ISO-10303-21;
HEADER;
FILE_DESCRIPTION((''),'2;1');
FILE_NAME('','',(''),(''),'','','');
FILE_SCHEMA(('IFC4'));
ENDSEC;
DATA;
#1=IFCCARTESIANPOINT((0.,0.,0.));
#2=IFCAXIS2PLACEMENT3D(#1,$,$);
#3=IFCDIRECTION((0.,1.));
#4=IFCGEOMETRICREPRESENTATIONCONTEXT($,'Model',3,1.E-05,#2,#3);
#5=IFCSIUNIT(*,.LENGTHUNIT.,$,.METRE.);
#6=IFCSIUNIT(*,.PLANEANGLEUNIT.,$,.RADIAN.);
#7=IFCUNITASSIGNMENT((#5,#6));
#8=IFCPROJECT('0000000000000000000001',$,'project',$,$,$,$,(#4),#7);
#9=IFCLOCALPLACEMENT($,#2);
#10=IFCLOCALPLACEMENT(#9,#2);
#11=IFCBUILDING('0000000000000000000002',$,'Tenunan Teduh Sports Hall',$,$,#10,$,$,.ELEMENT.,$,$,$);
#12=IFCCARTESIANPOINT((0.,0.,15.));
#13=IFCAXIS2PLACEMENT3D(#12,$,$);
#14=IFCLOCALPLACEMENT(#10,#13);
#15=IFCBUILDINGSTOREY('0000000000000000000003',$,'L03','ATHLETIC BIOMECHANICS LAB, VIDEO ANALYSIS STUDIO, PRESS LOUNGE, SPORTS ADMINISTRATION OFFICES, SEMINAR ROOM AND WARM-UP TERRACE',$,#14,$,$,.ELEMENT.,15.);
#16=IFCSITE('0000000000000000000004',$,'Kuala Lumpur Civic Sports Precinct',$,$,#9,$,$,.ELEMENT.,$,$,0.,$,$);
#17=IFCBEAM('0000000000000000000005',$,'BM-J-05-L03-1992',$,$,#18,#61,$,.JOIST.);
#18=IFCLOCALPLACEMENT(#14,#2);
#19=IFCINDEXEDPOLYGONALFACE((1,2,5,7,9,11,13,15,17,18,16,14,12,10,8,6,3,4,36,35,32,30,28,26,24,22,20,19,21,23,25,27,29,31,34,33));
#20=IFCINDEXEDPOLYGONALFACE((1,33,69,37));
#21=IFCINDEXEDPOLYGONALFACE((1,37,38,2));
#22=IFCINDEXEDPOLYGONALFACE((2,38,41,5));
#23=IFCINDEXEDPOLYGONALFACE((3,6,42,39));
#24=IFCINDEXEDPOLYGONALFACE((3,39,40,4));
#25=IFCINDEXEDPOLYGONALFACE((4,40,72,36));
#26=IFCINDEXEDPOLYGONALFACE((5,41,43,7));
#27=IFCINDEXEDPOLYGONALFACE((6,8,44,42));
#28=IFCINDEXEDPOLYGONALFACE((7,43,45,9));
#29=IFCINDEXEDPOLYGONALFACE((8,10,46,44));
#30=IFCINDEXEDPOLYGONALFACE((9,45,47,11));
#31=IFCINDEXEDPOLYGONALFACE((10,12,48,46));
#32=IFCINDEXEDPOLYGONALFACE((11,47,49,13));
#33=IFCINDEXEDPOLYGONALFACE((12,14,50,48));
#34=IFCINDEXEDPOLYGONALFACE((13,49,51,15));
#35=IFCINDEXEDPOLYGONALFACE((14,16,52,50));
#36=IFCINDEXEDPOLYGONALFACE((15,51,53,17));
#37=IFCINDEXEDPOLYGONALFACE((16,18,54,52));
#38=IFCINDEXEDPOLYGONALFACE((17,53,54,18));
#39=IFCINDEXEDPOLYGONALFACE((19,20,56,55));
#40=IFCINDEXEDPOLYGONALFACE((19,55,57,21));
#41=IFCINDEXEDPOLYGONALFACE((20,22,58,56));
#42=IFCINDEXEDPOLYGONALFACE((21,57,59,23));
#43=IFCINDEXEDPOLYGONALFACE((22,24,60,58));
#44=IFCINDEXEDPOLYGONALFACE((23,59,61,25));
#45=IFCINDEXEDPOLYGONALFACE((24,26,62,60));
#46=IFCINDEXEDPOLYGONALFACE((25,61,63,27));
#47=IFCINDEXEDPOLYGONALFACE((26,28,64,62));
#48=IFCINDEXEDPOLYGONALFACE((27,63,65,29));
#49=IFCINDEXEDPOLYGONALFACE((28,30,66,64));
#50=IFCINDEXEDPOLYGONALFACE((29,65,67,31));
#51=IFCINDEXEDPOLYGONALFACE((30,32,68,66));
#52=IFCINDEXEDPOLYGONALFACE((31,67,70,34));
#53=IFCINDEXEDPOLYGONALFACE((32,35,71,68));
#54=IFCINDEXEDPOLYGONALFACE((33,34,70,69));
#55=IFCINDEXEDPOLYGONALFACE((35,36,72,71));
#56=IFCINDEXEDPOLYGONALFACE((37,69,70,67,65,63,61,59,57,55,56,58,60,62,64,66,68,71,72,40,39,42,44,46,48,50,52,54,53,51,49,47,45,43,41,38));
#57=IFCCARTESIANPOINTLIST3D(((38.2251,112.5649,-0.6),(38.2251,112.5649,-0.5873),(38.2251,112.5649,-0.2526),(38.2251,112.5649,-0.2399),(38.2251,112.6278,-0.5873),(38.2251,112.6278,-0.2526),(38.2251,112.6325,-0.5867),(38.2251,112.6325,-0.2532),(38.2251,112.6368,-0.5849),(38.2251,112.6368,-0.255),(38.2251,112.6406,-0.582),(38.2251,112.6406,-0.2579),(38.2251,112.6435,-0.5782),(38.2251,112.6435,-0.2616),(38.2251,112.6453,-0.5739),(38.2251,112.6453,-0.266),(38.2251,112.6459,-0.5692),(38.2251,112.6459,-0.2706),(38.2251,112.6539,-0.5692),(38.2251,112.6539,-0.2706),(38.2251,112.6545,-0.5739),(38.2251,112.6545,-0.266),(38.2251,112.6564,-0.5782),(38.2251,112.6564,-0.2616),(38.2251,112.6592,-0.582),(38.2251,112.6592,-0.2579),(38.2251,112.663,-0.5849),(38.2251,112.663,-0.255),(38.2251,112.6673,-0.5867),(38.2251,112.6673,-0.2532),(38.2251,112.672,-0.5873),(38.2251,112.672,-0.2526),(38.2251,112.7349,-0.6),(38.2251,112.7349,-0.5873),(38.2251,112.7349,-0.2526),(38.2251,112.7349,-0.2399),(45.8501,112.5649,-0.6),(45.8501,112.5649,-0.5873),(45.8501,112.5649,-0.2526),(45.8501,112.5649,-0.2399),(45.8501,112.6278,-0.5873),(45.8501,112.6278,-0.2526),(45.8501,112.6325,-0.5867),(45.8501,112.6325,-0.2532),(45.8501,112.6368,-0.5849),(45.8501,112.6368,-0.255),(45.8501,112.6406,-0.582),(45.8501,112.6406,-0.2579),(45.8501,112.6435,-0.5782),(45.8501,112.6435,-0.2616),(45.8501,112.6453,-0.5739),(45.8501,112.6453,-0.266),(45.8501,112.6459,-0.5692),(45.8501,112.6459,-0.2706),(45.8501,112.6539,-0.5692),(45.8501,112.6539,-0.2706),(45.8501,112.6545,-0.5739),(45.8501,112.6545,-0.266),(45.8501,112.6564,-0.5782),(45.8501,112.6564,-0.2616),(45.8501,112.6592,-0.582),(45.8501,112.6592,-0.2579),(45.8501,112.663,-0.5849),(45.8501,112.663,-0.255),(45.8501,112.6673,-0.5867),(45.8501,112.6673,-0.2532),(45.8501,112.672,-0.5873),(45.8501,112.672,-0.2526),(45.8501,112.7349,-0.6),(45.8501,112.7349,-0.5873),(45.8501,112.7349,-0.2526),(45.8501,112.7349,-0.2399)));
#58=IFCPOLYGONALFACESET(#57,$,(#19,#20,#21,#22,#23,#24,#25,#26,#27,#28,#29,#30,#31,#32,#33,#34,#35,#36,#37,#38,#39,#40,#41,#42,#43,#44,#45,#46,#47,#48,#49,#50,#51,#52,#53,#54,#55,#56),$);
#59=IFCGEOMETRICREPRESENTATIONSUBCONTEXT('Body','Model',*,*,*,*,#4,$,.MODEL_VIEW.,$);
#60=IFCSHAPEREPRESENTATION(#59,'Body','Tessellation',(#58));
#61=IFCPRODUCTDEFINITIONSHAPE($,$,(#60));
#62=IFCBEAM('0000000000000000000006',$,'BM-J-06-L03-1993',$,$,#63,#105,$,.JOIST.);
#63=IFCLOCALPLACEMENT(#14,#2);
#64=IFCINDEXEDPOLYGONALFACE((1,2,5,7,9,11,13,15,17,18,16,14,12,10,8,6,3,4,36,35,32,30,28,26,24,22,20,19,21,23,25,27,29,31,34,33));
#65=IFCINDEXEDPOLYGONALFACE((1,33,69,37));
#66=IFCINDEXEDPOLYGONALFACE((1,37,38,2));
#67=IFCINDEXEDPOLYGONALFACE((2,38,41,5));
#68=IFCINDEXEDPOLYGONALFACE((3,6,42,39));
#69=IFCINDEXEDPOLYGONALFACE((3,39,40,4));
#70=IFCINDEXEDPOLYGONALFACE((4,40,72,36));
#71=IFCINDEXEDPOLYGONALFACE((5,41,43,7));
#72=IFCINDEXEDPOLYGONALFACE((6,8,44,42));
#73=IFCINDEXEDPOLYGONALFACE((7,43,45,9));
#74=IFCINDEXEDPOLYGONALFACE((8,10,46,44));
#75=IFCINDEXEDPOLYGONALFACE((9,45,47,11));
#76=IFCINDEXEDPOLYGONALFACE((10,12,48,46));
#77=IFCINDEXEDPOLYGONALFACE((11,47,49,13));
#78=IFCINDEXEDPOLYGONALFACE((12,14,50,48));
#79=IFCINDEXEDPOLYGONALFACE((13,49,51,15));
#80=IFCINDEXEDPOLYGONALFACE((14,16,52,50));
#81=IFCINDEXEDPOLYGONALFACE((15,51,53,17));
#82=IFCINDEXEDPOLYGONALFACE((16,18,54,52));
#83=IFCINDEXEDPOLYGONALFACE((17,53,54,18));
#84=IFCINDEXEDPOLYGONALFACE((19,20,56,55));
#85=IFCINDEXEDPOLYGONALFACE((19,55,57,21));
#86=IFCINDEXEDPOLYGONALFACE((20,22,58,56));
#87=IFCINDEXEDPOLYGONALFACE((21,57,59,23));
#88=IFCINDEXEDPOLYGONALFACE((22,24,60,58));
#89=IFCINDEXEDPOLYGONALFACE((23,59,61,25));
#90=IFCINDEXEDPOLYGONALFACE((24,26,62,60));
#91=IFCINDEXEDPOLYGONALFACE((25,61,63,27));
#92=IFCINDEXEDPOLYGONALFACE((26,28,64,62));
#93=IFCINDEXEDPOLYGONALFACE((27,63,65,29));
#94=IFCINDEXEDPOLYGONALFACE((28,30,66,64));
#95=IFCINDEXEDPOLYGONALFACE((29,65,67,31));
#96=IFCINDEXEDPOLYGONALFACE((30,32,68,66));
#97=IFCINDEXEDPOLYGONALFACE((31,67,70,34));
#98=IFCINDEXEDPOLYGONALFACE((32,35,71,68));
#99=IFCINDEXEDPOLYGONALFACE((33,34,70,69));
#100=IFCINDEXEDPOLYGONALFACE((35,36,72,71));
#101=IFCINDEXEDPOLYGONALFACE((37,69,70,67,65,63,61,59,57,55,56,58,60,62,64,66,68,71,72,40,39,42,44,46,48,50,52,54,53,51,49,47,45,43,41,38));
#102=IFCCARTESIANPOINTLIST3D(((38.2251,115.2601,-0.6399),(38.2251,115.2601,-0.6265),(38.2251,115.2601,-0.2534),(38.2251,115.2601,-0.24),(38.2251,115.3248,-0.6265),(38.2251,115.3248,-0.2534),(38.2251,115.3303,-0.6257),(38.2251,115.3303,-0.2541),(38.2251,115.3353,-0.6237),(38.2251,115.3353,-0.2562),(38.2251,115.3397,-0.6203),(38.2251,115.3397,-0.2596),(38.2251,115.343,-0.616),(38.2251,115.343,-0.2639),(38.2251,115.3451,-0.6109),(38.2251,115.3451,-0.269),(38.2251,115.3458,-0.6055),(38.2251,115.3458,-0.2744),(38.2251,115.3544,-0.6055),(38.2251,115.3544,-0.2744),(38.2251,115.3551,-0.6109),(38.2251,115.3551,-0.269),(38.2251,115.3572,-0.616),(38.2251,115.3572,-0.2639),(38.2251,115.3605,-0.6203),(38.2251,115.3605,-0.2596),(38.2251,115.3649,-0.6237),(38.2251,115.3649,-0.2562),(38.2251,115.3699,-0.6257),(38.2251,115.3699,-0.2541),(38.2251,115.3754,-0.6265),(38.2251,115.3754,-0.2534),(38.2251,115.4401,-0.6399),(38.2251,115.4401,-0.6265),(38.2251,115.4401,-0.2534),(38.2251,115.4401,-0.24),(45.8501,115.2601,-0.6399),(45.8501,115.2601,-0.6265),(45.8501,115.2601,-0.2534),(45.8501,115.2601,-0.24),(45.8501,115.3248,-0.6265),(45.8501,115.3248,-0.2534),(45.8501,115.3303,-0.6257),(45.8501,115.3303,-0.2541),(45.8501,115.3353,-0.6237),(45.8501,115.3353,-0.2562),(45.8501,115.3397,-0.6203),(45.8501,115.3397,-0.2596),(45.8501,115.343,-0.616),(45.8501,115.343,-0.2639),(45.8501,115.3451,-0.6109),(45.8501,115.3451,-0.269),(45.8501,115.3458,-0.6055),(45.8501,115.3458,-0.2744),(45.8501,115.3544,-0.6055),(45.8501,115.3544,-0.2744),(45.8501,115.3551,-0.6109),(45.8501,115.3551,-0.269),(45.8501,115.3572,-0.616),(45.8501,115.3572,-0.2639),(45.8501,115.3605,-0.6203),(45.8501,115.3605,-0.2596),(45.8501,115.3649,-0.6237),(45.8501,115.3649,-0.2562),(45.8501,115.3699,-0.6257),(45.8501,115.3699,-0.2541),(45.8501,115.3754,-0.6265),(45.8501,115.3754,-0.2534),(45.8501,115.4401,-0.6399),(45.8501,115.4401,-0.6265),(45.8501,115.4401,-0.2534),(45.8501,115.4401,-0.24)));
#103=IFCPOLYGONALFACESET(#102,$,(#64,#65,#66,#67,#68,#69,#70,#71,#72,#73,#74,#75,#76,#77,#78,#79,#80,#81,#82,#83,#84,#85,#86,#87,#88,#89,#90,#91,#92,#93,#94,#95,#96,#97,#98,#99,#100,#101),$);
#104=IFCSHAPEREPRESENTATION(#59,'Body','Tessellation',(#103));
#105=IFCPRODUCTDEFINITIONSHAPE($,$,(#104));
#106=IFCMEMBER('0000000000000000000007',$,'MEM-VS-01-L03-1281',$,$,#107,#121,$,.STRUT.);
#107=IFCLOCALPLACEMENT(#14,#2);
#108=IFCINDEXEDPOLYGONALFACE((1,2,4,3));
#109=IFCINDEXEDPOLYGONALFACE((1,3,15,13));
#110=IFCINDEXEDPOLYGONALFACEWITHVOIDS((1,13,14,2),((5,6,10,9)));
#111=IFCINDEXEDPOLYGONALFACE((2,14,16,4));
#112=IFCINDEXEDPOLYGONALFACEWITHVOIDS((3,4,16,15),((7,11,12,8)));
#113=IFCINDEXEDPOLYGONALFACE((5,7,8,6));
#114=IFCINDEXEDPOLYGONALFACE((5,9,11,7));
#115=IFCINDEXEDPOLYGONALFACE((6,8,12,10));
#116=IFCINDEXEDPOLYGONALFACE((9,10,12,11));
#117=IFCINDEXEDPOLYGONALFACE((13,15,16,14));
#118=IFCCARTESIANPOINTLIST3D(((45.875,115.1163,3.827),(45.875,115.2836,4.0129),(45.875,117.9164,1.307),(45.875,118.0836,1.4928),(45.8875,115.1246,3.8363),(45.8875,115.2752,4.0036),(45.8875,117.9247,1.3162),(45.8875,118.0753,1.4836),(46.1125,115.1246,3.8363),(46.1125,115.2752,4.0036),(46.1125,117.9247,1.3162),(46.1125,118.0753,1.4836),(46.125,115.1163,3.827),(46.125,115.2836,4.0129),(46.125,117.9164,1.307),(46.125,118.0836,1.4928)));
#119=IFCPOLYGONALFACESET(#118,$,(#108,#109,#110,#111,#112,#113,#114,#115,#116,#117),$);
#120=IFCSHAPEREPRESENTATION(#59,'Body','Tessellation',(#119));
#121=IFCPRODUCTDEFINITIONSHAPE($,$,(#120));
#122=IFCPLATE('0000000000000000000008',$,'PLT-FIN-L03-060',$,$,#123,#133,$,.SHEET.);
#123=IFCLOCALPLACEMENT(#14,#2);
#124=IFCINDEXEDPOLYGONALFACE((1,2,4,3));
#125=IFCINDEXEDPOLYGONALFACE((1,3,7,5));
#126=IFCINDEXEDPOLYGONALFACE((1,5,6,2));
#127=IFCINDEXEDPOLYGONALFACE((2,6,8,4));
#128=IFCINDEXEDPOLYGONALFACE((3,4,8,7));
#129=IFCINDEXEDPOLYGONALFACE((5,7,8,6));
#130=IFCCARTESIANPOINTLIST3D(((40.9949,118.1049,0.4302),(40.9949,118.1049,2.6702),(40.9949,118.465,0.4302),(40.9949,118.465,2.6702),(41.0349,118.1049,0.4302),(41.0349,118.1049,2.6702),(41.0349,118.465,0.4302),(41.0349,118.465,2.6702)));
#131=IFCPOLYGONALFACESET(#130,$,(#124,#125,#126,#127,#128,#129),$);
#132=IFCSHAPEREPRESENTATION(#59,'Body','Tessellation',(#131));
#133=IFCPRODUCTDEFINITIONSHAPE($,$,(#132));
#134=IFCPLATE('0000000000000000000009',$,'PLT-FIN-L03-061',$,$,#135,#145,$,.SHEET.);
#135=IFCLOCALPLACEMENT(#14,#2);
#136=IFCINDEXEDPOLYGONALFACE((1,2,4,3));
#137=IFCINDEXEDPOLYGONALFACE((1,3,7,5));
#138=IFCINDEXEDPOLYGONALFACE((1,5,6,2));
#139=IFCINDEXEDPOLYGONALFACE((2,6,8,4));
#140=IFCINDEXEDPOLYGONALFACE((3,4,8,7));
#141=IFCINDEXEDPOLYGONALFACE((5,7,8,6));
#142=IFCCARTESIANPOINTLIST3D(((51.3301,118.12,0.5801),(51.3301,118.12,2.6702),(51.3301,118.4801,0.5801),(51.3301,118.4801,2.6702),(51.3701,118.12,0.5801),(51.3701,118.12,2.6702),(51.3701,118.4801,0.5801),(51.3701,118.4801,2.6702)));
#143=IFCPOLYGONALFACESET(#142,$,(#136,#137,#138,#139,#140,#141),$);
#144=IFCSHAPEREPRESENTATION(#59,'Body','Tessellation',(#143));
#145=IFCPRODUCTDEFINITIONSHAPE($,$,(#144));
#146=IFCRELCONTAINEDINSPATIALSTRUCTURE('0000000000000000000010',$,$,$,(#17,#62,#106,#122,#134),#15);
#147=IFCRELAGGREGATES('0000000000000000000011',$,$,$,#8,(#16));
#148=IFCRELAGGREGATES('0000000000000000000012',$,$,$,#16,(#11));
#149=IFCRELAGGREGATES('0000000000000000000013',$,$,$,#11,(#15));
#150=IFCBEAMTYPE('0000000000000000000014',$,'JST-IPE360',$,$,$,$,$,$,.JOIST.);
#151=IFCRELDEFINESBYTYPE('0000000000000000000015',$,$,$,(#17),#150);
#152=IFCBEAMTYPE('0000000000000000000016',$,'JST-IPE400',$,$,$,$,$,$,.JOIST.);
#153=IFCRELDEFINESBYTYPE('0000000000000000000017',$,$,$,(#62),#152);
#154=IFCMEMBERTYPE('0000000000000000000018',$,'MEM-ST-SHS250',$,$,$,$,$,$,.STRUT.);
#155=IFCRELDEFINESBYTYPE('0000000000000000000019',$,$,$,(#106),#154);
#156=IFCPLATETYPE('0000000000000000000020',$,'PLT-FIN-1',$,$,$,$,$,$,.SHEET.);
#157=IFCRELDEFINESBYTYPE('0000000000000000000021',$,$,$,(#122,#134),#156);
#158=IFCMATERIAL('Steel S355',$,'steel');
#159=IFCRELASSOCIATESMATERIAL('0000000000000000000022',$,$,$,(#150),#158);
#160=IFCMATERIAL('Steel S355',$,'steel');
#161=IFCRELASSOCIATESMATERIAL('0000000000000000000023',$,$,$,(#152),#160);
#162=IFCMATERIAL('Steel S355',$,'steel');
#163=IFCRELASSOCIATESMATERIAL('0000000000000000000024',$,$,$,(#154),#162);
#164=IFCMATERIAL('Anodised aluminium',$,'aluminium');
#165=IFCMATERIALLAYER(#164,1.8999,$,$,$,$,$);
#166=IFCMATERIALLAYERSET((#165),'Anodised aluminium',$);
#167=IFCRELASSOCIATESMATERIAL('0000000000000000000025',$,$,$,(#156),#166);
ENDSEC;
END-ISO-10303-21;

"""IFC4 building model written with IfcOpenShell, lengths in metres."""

from ifc_helpers import new_model, si_unit, direction, frame, origin, origin_2d, place, context, subcontext, project, spatial, rectangle, hollow_rectangle, i_section, extrude, material, layer, layer_set, material_profile, profile_set, type_object, element, save


model = new_model("IFC4")

# Units and contexts
model_context = context("Model", 3, precision=1e-05, world=origin(), true_north=direction((0.0, 1.0)))
body_context = subcontext(model_context, "Body", "Model", "MODEL_VIEW")
ifc_project = project(units=[si_unit("LENGTHUNIT", "METRE"), si_unit("PLANEANGLEUNIT", "RADIAN")], contexts=[model_context])

# Site, building, storey
site_placement = place(None, origin())
site = spatial("IfcSite", under=ifc_project, at=site_placement, Name="Kuala Lumpur Civic Sports Precinct", CompositionType="ELEMENT", RefElevation=0.0)
building_placement = place(site_placement, origin())
building = spatial("IfcBuilding", under=site, at=building_placement, Name="Tenunan Teduh Sports Hall", CompositionType="ELEMENT")
storey_placement = place(building_placement, frame((0.0, 0.0, 15.0)))
storey = spatial("IfcBuildingStorey", under=building, at=storey_placement, Name="L03", Description="ATHLETIC BIOMECHANICS LAB, VIDEO ANALYSIS STUDIO, PRESS LOUNGE, SPORTS ADMINISTRATION OFFICES, SEMINAR ROOM AND WARM-UP TERRACE", CompositionType="ELEMENT", Elevation=15.0)

# Beams
ifc_material_1 = material(Name="Steel S355", Category="steel")
ifc_material_profile_1 = material_profile(ifc_material_1, i_section(OverallWidth=0.1699, OverallDepth=0.3601, WebThickness=0.0081, FlangeThickness=0.0127, FilletRadius=0.0181, at=origin_2d()), Name="IPE 360")
ifc_profile_set_1 = profile_set([ifc_material_profile_1], Name="Steel S355")
beam_type_1 = type_object("IfcBeamType", Name="JST-IPE360", PredefinedType="JOIST", material=ifc_profile_set_1)
beam_1_placement = place(storey_placement, frame((38.2251, 112.6499, -0.4199), z_axis=(1.0, 0.0, 0.0), x_axis=(0.0, 1.0, 0.0)))
element("IfcBeam", 1, at=beam_1_placement, inside=storey, type_object=beam_type_1, Name="BM-J-05-L03-1992", PredefinedType="JOIST", context=body_context, shape_type="SweptSolid", body=[
    extrude(i_section(OverallWidth=0.1699, OverallDepth=0.3601, WebThickness=0.0081, FlangeThickness=0.0127, FilletRadius=0.0181, at=origin_2d()), origin(), (0.0, 0.0, 1.0), 7.625),
])
ifc_material_2 = material(Name="Steel S355", Category="steel")
ifc_material_profile_2 = material_profile(ifc_material_2, i_section(OverallWidth=0.1799, OverallDepth=0.3999, WebThickness=0.0085, FlangeThickness=0.0134, FilletRadius=0.021, at=origin_2d()), Name="IPE 400")
ifc_profile_set_2 = profile_set([ifc_material_profile_2], Name="Steel S355")
beam_type_2 = type_object("IfcBeamType", Name="JST-IPE400", PredefinedType="JOIST", material=ifc_profile_set_2)
beam_2_placement = place(storey_placement, frame((38.2251, 115.3501, -0.4399), z_axis=(1.0, 0.0, 0.0), x_axis=(0.0, 1.0, 0.0)))
element("IfcBeam", 2, at=beam_2_placement, inside=storey, type_object=beam_type_2, Name="BM-J-06-L03-1993", PredefinedType="JOIST", context=body_context, shape_type="SweptSolid", body=[
    extrude(i_section(OverallWidth=0.1799, OverallDepth=0.3999, WebThickness=0.0085, FlangeThickness=0.0134, FilletRadius=0.021, at=origin_2d()), origin(), (0.0, 0.0, 1.0), 7.625),
])

# Member
ifc_material_3 = material(Name="Steel S355", Category="steel")
ifc_material_profile_3 = material_profile(ifc_material_3, hollow_rectangle(XDim=0.25, YDim=0.25, WallThickness=0.0125, at=origin_2d()), Name="SHS 250x250x12.5")
ifc_profile_set_3 = profile_set([ifc_material_profile_3], Name="Steel S355")
member_type = type_object("IfcMemberType", Name="MEM-ST-SHS250", PredefinedType="STRUT", material=ifc_profile_set_3)
member_placement = place(storey_placement, frame((46.0, 118.0, 1.3999), z_axis=(0.0, -0.743297, 0.668961), x_axis=(1.0, 0.0, 0.0)))
element("IfcMember", 3, at=member_placement, inside=storey, type_object=member_type, Name="MEM-VS-01-L03-1281", PredefinedType="STRUT", context=body_context, shape_type="SweptSolid", body=[
    extrude(hollow_rectangle(XDim=0.25, YDim=0.25, WallThickness=0.0125, at=origin_2d()), origin(), (0.0, 0.0, 1.0), 3.7671),
])

# Plates
ifc_material_4 = material(Name="Anodised aluminium", Category="aluminium")
ifc_layer_1 = layer(ifc_material_4, 1.8999)
ifc_layer_set_1 = layer_set([ifc_layer_1], Name="Anodised aluminium")
plate_type = type_object("IfcPlateType", Name="PLT-FIN-1", PredefinedType="SHEET", material=ifc_layer_set_1)
plate_1_placement = place(storey_placement, frame((41.0149, 118.2849, 0.4302), z_axis=(0.0, 0.0, 1.0), x_axis=(1.0, 0.0, 0.0)))
element("IfcPlate", 4, at=plate_1_placement, inside=storey, type_object=plate_type, Name="PLT-FIN-L03-060", PredefinedType="SHEET", context=body_context, shape_type="SweptSolid", body=[
    extrude(rectangle(XDim=0.04, YDim=0.3601, at=origin_2d()), origin(), (0.0, 0.0, 1.0), 2.24),
])
plate_2_placement = place(storey_placement, frame((51.3501, 118.3, 0.5801), z_axis=(0.0, 0.0, 1.0), x_axis=(1.0, 0.0, 0.0)))
element("IfcPlate", 5, at=plate_2_placement, inside=storey, type_object=plate_type, Name="PLT-FIN-L03-061", PredefinedType="SHEET", context=body_context, shape_type="SweptSolid", body=[
    extrude(rectangle(XDim=0.04, YDim=0.3601, at=origin_2d()), origin(), (0.0, 0.0, 1.0), 2.0901),
])

save(model, "model.ifc")
